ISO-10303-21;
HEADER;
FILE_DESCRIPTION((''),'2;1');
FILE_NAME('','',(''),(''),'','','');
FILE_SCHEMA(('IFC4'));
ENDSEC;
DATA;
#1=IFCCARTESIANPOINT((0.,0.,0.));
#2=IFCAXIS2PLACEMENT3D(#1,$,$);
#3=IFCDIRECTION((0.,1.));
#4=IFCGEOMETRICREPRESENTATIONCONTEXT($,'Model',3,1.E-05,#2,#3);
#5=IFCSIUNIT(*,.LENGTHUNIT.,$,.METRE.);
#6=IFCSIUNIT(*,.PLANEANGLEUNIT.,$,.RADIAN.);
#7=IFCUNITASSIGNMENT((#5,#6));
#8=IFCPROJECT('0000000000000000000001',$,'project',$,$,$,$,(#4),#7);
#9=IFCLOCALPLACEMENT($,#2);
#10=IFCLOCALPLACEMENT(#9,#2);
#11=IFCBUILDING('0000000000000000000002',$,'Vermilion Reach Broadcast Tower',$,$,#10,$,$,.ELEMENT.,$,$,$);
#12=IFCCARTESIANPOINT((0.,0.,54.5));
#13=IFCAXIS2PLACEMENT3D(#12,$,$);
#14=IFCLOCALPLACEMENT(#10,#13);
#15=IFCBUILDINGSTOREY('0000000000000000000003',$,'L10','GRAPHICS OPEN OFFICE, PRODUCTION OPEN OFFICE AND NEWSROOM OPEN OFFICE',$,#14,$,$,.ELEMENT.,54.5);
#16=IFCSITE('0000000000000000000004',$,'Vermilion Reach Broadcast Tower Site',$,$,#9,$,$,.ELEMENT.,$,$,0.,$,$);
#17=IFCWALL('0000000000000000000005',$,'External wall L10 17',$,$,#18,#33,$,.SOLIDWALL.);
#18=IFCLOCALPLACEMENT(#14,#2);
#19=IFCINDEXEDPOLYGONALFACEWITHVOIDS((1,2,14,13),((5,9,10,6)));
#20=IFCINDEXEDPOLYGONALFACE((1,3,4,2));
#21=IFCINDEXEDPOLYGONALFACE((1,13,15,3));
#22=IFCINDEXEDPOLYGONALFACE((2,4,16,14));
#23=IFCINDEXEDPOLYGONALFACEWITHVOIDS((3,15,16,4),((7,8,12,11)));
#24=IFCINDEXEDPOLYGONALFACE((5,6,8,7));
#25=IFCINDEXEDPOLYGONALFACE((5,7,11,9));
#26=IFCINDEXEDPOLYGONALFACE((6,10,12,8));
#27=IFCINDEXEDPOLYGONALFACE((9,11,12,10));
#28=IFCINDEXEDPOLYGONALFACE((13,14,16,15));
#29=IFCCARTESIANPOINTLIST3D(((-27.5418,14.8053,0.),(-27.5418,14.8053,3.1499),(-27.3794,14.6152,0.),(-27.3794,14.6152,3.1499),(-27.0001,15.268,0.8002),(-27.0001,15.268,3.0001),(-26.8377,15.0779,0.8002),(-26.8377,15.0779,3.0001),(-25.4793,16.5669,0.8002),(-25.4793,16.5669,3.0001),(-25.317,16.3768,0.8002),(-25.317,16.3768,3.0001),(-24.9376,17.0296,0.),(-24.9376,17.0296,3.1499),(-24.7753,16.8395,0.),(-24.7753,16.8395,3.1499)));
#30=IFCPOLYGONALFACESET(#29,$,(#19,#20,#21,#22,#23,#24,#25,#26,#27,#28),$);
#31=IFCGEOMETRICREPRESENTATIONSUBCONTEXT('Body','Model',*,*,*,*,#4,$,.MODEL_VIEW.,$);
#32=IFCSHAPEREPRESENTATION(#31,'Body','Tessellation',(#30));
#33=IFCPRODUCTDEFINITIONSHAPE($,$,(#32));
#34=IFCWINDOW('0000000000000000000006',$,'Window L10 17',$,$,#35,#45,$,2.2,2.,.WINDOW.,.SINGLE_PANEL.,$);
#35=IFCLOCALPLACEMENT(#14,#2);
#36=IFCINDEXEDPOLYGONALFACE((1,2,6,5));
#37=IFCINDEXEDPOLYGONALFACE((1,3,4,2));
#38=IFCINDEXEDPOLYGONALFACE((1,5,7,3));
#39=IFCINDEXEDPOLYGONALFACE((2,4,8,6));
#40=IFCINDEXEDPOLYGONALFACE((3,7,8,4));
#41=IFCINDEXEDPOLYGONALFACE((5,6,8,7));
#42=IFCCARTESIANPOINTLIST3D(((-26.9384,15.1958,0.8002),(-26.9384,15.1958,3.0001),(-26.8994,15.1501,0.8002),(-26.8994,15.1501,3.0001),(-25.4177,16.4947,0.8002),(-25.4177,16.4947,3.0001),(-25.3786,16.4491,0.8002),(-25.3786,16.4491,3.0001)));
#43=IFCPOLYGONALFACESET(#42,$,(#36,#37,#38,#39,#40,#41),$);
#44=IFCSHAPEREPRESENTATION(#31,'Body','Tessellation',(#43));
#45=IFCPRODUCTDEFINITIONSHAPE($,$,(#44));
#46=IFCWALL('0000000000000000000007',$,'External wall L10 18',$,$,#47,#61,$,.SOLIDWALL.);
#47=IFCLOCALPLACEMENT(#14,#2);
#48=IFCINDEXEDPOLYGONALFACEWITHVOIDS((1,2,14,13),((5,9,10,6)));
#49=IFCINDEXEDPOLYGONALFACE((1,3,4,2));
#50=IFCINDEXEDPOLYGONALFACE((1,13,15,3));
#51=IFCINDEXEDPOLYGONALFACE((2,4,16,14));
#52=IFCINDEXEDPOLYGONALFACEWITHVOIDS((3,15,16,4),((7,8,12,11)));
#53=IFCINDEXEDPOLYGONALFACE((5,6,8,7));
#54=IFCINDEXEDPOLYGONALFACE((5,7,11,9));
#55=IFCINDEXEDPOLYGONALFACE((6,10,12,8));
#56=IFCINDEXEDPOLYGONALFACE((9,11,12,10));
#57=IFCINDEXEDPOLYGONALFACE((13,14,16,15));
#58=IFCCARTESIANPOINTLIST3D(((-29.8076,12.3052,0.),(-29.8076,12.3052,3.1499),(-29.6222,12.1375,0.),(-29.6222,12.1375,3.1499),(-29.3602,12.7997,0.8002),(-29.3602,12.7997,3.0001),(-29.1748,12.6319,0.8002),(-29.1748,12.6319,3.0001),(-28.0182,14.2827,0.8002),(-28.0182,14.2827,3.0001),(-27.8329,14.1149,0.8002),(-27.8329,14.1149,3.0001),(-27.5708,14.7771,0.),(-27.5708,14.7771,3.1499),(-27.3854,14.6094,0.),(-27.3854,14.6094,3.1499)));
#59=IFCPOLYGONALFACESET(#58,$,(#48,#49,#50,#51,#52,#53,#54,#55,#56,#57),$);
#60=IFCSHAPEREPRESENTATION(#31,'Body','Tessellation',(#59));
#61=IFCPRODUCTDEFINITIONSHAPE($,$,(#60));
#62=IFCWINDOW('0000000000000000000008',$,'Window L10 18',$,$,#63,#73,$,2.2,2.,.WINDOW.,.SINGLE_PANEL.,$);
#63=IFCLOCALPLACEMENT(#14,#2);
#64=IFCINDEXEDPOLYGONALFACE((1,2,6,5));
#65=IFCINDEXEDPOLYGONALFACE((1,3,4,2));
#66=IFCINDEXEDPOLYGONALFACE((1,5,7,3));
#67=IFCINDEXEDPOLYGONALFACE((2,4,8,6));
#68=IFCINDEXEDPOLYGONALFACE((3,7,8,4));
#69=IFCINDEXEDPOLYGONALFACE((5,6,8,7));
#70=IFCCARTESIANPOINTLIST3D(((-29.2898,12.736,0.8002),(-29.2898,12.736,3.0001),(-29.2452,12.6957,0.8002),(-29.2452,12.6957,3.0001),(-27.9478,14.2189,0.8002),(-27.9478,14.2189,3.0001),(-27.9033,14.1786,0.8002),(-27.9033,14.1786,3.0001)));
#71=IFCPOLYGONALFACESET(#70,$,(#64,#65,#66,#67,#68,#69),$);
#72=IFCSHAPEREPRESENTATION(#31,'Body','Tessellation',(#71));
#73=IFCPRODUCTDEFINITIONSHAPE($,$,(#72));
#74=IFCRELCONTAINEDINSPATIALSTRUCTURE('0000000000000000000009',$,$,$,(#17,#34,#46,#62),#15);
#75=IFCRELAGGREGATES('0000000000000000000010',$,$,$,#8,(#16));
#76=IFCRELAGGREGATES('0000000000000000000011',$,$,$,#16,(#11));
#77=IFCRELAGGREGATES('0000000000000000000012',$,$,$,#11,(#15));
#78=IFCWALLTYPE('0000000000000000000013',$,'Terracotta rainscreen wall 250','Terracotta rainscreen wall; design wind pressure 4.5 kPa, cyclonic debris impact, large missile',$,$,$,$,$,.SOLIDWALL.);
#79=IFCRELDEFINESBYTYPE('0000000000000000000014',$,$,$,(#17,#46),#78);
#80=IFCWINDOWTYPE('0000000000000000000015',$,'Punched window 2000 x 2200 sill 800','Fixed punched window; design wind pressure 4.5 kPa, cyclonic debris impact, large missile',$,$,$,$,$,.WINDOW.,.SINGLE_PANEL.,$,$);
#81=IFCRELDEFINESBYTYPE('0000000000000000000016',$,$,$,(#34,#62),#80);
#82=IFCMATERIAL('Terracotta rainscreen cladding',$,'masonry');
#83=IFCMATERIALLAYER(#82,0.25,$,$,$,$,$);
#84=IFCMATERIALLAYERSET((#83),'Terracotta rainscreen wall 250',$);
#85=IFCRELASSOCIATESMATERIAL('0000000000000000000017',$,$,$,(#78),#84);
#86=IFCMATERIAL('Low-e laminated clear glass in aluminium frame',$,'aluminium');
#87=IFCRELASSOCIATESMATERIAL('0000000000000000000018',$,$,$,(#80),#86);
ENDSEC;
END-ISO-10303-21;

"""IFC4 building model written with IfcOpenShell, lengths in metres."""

from ifc_helpers import new_model, si_unit, direction, frame, frame_2d, origin, place, context, subcontext, project, spatial, rectangle, extrude, material, layer, layer_set, type_object, element, fill, save


model = new_model("IFC4")

# Units and contexts
model_context = context("Model", 3, precision=1e-05, world=origin(), true_north=direction((0.0, 1.0)))
body_context = subcontext(model_context, "Body", "Model", "MODEL_VIEW")
ifc_project = project(units=[si_unit("LENGTHUNIT", "METRE"), si_unit("PLANEANGLEUNIT", "RADIAN")], contexts=[model_context])

# Site, building, storey
site_placement = place(None, origin())
site = spatial("IfcSite", under=ifc_project, at=site_placement, Name="Vermilion Reach Broadcast Tower Site", CompositionType="ELEMENT", RefElevation=0.0)
building_placement = place(site_placement, origin())
building = spatial("IfcBuilding", under=site, at=building_placement, Name="Vermilion Reach Broadcast Tower", CompositionType="ELEMENT")
storey_placement = place(building_placement, frame((0.0, 0.0, 54.5)))
storey = spatial("IfcBuildingStorey", under=building, at=storey_placement, Name="L10", Description="GRAPHICS OPEN OFFICE, PRODUCTION OPEN OFFICE AND NEWSROOM OPEN OFFICE", CompositionType="ELEMENT", Elevation=54.5)

# Shared definitions
ifc_material_1 = material(Name="Terracotta rainscreen cladding", Category="masonry")
ifc_layer = layer(ifc_material_1, 0.25)
ifc_layer_set = layer_set([ifc_layer], Name="Terracotta rainscreen wall 250")
wall_type = type_object("IfcWallType", Name="Terracotta rainscreen wall 250", Description="Terracotta rainscreen wall; design wind pressure 4.5 kPa, cyclonic debris impact, large missile", PredefinedType="SOLIDWALL", material=ifc_layer_set)

# Walls, openings, windows
ifc_material_2 = material(Name="Low-e laminated clear glass in aluminium frame", Category="aluminium")
window_type = type_object("IfcWindowType", Name="Punched window 2000 x 2200 sill 800", Description="Fixed punched window; design wind pressure 4.5 kPa, cyclonic debris impact, large missile", PartitioningType="SINGLE_PANEL", PredefinedType="WINDOW", material=ifc_material_2)
wall_1_placement = place(storey_placement, frame((-24.8564, 16.9346, 0.0), z_axis=(0.0, 0.0, 1.0), x_axis=(-0.760388, -0.64947, 0.0)))
wall_1 = element("IfcWall", 1, at=wall_1_placement, inside=storey, type_object=wall_type, Name="External wall L10 17", PredefinedType="SOLIDWALL", context=body_context, shape_type="SweptSolid", body=[
    extrude(rectangle(XDim=3.4248, YDim=0.25, at=frame_2d((1.7124, 0.0))), origin(), (0.0, 0.0, 1.0), 3.1499),
])
opening_1_placement = place(wall_1_placement, frame((0.7124, 0.0, 0.8)))
opening_1 = element("IfcOpeningElement", 2, at=opening_1_placement, cuts=wall_1, PredefinedType="OPENING", context=body_context, shape_type="SweptSolid", body=[
    extrude(rectangle(XDim=2.0, YDim=2.2, at=frame_2d((1.0, 1.1001))), frame((0.0, 0.135, 0.0), z_axis=(0.0, -1.0, 0.0), x_axis=(1.0, 0.0, 0.0)), (0.0, 0.0, 1.0), 0.27),
])
window_1_placement = place(opening_1_placement, origin())
window_1 = element("IfcWindow", 3, at=window_1_placement, inside=storey, type_object=window_type, Name="Window L10 17", OverallHeight=2.2, OverallWidth=2.0, PartitioningType="SINGLE_PANEL", PredefinedType="WINDOW", context=body_context, shape_type="SweptSolid", body=[
    extrude(rectangle(XDim=2.0, YDim=2.2, at=frame_2d((1.0, 1.1001))), frame((0.0, 0.03, 0.0), z_axis=(0.0, -1.0, 0.0), x_axis=(1.0, 0.0, 0.0)), (0.0, 0.0, 1.0), 0.0601),
])
fill(opening_1, window_1)
wall_2_placement = place(storey_placement, frame((-27.478, 14.6934, 0.0), z_axis=(0.0, 0.0, 1.0), x_axis=(-0.670965, -0.741489, 0.0)))
wall_2 = element("IfcWall", 4, at=wall_2_placement, inside=storey, type_object=wall_type, Name="External wall L10 18", PredefinedType="SOLIDWALL", context=body_context, shape_type="SweptSolid", body=[
    extrude(rectangle(XDim=3.3337, YDim=0.25, at=frame_2d((1.667, 0.0))), origin(), (0.0, 0.0, 1.0), 3.1499),
])
opening_2_placement = place(wall_2_placement, frame((0.667, 0.0, 0.8)))
opening_2 = element("IfcOpeningElement", 5, at=opening_2_placement, cuts=wall_2, PredefinedType="OPENING", context=body_context, shape_type="SweptSolid", body=[
    extrude(rectangle(XDim=2.0, YDim=2.2, at=frame_2d((1.0, 1.1001))), frame((0.0, 0.135, 0.0), z_axis=(0.0, -1.0, 0.0), x_axis=(1.0, 0.0, 0.0)), (0.0, 0.0, 1.0), 0.27),
])
window_2_placement = place(opening_2_placement, origin())
window_2 = element("IfcWindow", 6, at=window_2_placement, inside=storey, type_object=window_type, Name="Window L10 18", OverallHeight=2.2, OverallWidth=2.0, PartitioningType="SINGLE_PANEL", PredefinedType="WINDOW", context=body_context, shape_type="SweptSolid", body=[
    extrude(rectangle(XDim=2.0, YDim=2.2, at=frame_2d((1.0, 1.1001))), frame((0.0, 0.03, 0.0), z_axis=(0.0, -1.0, 0.0), x_axis=(1.0, 0.0, 0.0)), (0.0, 0.0, 1.0), 0.0601),
])
fill(opening_2, window_2)

save(model, "model.ifc")
